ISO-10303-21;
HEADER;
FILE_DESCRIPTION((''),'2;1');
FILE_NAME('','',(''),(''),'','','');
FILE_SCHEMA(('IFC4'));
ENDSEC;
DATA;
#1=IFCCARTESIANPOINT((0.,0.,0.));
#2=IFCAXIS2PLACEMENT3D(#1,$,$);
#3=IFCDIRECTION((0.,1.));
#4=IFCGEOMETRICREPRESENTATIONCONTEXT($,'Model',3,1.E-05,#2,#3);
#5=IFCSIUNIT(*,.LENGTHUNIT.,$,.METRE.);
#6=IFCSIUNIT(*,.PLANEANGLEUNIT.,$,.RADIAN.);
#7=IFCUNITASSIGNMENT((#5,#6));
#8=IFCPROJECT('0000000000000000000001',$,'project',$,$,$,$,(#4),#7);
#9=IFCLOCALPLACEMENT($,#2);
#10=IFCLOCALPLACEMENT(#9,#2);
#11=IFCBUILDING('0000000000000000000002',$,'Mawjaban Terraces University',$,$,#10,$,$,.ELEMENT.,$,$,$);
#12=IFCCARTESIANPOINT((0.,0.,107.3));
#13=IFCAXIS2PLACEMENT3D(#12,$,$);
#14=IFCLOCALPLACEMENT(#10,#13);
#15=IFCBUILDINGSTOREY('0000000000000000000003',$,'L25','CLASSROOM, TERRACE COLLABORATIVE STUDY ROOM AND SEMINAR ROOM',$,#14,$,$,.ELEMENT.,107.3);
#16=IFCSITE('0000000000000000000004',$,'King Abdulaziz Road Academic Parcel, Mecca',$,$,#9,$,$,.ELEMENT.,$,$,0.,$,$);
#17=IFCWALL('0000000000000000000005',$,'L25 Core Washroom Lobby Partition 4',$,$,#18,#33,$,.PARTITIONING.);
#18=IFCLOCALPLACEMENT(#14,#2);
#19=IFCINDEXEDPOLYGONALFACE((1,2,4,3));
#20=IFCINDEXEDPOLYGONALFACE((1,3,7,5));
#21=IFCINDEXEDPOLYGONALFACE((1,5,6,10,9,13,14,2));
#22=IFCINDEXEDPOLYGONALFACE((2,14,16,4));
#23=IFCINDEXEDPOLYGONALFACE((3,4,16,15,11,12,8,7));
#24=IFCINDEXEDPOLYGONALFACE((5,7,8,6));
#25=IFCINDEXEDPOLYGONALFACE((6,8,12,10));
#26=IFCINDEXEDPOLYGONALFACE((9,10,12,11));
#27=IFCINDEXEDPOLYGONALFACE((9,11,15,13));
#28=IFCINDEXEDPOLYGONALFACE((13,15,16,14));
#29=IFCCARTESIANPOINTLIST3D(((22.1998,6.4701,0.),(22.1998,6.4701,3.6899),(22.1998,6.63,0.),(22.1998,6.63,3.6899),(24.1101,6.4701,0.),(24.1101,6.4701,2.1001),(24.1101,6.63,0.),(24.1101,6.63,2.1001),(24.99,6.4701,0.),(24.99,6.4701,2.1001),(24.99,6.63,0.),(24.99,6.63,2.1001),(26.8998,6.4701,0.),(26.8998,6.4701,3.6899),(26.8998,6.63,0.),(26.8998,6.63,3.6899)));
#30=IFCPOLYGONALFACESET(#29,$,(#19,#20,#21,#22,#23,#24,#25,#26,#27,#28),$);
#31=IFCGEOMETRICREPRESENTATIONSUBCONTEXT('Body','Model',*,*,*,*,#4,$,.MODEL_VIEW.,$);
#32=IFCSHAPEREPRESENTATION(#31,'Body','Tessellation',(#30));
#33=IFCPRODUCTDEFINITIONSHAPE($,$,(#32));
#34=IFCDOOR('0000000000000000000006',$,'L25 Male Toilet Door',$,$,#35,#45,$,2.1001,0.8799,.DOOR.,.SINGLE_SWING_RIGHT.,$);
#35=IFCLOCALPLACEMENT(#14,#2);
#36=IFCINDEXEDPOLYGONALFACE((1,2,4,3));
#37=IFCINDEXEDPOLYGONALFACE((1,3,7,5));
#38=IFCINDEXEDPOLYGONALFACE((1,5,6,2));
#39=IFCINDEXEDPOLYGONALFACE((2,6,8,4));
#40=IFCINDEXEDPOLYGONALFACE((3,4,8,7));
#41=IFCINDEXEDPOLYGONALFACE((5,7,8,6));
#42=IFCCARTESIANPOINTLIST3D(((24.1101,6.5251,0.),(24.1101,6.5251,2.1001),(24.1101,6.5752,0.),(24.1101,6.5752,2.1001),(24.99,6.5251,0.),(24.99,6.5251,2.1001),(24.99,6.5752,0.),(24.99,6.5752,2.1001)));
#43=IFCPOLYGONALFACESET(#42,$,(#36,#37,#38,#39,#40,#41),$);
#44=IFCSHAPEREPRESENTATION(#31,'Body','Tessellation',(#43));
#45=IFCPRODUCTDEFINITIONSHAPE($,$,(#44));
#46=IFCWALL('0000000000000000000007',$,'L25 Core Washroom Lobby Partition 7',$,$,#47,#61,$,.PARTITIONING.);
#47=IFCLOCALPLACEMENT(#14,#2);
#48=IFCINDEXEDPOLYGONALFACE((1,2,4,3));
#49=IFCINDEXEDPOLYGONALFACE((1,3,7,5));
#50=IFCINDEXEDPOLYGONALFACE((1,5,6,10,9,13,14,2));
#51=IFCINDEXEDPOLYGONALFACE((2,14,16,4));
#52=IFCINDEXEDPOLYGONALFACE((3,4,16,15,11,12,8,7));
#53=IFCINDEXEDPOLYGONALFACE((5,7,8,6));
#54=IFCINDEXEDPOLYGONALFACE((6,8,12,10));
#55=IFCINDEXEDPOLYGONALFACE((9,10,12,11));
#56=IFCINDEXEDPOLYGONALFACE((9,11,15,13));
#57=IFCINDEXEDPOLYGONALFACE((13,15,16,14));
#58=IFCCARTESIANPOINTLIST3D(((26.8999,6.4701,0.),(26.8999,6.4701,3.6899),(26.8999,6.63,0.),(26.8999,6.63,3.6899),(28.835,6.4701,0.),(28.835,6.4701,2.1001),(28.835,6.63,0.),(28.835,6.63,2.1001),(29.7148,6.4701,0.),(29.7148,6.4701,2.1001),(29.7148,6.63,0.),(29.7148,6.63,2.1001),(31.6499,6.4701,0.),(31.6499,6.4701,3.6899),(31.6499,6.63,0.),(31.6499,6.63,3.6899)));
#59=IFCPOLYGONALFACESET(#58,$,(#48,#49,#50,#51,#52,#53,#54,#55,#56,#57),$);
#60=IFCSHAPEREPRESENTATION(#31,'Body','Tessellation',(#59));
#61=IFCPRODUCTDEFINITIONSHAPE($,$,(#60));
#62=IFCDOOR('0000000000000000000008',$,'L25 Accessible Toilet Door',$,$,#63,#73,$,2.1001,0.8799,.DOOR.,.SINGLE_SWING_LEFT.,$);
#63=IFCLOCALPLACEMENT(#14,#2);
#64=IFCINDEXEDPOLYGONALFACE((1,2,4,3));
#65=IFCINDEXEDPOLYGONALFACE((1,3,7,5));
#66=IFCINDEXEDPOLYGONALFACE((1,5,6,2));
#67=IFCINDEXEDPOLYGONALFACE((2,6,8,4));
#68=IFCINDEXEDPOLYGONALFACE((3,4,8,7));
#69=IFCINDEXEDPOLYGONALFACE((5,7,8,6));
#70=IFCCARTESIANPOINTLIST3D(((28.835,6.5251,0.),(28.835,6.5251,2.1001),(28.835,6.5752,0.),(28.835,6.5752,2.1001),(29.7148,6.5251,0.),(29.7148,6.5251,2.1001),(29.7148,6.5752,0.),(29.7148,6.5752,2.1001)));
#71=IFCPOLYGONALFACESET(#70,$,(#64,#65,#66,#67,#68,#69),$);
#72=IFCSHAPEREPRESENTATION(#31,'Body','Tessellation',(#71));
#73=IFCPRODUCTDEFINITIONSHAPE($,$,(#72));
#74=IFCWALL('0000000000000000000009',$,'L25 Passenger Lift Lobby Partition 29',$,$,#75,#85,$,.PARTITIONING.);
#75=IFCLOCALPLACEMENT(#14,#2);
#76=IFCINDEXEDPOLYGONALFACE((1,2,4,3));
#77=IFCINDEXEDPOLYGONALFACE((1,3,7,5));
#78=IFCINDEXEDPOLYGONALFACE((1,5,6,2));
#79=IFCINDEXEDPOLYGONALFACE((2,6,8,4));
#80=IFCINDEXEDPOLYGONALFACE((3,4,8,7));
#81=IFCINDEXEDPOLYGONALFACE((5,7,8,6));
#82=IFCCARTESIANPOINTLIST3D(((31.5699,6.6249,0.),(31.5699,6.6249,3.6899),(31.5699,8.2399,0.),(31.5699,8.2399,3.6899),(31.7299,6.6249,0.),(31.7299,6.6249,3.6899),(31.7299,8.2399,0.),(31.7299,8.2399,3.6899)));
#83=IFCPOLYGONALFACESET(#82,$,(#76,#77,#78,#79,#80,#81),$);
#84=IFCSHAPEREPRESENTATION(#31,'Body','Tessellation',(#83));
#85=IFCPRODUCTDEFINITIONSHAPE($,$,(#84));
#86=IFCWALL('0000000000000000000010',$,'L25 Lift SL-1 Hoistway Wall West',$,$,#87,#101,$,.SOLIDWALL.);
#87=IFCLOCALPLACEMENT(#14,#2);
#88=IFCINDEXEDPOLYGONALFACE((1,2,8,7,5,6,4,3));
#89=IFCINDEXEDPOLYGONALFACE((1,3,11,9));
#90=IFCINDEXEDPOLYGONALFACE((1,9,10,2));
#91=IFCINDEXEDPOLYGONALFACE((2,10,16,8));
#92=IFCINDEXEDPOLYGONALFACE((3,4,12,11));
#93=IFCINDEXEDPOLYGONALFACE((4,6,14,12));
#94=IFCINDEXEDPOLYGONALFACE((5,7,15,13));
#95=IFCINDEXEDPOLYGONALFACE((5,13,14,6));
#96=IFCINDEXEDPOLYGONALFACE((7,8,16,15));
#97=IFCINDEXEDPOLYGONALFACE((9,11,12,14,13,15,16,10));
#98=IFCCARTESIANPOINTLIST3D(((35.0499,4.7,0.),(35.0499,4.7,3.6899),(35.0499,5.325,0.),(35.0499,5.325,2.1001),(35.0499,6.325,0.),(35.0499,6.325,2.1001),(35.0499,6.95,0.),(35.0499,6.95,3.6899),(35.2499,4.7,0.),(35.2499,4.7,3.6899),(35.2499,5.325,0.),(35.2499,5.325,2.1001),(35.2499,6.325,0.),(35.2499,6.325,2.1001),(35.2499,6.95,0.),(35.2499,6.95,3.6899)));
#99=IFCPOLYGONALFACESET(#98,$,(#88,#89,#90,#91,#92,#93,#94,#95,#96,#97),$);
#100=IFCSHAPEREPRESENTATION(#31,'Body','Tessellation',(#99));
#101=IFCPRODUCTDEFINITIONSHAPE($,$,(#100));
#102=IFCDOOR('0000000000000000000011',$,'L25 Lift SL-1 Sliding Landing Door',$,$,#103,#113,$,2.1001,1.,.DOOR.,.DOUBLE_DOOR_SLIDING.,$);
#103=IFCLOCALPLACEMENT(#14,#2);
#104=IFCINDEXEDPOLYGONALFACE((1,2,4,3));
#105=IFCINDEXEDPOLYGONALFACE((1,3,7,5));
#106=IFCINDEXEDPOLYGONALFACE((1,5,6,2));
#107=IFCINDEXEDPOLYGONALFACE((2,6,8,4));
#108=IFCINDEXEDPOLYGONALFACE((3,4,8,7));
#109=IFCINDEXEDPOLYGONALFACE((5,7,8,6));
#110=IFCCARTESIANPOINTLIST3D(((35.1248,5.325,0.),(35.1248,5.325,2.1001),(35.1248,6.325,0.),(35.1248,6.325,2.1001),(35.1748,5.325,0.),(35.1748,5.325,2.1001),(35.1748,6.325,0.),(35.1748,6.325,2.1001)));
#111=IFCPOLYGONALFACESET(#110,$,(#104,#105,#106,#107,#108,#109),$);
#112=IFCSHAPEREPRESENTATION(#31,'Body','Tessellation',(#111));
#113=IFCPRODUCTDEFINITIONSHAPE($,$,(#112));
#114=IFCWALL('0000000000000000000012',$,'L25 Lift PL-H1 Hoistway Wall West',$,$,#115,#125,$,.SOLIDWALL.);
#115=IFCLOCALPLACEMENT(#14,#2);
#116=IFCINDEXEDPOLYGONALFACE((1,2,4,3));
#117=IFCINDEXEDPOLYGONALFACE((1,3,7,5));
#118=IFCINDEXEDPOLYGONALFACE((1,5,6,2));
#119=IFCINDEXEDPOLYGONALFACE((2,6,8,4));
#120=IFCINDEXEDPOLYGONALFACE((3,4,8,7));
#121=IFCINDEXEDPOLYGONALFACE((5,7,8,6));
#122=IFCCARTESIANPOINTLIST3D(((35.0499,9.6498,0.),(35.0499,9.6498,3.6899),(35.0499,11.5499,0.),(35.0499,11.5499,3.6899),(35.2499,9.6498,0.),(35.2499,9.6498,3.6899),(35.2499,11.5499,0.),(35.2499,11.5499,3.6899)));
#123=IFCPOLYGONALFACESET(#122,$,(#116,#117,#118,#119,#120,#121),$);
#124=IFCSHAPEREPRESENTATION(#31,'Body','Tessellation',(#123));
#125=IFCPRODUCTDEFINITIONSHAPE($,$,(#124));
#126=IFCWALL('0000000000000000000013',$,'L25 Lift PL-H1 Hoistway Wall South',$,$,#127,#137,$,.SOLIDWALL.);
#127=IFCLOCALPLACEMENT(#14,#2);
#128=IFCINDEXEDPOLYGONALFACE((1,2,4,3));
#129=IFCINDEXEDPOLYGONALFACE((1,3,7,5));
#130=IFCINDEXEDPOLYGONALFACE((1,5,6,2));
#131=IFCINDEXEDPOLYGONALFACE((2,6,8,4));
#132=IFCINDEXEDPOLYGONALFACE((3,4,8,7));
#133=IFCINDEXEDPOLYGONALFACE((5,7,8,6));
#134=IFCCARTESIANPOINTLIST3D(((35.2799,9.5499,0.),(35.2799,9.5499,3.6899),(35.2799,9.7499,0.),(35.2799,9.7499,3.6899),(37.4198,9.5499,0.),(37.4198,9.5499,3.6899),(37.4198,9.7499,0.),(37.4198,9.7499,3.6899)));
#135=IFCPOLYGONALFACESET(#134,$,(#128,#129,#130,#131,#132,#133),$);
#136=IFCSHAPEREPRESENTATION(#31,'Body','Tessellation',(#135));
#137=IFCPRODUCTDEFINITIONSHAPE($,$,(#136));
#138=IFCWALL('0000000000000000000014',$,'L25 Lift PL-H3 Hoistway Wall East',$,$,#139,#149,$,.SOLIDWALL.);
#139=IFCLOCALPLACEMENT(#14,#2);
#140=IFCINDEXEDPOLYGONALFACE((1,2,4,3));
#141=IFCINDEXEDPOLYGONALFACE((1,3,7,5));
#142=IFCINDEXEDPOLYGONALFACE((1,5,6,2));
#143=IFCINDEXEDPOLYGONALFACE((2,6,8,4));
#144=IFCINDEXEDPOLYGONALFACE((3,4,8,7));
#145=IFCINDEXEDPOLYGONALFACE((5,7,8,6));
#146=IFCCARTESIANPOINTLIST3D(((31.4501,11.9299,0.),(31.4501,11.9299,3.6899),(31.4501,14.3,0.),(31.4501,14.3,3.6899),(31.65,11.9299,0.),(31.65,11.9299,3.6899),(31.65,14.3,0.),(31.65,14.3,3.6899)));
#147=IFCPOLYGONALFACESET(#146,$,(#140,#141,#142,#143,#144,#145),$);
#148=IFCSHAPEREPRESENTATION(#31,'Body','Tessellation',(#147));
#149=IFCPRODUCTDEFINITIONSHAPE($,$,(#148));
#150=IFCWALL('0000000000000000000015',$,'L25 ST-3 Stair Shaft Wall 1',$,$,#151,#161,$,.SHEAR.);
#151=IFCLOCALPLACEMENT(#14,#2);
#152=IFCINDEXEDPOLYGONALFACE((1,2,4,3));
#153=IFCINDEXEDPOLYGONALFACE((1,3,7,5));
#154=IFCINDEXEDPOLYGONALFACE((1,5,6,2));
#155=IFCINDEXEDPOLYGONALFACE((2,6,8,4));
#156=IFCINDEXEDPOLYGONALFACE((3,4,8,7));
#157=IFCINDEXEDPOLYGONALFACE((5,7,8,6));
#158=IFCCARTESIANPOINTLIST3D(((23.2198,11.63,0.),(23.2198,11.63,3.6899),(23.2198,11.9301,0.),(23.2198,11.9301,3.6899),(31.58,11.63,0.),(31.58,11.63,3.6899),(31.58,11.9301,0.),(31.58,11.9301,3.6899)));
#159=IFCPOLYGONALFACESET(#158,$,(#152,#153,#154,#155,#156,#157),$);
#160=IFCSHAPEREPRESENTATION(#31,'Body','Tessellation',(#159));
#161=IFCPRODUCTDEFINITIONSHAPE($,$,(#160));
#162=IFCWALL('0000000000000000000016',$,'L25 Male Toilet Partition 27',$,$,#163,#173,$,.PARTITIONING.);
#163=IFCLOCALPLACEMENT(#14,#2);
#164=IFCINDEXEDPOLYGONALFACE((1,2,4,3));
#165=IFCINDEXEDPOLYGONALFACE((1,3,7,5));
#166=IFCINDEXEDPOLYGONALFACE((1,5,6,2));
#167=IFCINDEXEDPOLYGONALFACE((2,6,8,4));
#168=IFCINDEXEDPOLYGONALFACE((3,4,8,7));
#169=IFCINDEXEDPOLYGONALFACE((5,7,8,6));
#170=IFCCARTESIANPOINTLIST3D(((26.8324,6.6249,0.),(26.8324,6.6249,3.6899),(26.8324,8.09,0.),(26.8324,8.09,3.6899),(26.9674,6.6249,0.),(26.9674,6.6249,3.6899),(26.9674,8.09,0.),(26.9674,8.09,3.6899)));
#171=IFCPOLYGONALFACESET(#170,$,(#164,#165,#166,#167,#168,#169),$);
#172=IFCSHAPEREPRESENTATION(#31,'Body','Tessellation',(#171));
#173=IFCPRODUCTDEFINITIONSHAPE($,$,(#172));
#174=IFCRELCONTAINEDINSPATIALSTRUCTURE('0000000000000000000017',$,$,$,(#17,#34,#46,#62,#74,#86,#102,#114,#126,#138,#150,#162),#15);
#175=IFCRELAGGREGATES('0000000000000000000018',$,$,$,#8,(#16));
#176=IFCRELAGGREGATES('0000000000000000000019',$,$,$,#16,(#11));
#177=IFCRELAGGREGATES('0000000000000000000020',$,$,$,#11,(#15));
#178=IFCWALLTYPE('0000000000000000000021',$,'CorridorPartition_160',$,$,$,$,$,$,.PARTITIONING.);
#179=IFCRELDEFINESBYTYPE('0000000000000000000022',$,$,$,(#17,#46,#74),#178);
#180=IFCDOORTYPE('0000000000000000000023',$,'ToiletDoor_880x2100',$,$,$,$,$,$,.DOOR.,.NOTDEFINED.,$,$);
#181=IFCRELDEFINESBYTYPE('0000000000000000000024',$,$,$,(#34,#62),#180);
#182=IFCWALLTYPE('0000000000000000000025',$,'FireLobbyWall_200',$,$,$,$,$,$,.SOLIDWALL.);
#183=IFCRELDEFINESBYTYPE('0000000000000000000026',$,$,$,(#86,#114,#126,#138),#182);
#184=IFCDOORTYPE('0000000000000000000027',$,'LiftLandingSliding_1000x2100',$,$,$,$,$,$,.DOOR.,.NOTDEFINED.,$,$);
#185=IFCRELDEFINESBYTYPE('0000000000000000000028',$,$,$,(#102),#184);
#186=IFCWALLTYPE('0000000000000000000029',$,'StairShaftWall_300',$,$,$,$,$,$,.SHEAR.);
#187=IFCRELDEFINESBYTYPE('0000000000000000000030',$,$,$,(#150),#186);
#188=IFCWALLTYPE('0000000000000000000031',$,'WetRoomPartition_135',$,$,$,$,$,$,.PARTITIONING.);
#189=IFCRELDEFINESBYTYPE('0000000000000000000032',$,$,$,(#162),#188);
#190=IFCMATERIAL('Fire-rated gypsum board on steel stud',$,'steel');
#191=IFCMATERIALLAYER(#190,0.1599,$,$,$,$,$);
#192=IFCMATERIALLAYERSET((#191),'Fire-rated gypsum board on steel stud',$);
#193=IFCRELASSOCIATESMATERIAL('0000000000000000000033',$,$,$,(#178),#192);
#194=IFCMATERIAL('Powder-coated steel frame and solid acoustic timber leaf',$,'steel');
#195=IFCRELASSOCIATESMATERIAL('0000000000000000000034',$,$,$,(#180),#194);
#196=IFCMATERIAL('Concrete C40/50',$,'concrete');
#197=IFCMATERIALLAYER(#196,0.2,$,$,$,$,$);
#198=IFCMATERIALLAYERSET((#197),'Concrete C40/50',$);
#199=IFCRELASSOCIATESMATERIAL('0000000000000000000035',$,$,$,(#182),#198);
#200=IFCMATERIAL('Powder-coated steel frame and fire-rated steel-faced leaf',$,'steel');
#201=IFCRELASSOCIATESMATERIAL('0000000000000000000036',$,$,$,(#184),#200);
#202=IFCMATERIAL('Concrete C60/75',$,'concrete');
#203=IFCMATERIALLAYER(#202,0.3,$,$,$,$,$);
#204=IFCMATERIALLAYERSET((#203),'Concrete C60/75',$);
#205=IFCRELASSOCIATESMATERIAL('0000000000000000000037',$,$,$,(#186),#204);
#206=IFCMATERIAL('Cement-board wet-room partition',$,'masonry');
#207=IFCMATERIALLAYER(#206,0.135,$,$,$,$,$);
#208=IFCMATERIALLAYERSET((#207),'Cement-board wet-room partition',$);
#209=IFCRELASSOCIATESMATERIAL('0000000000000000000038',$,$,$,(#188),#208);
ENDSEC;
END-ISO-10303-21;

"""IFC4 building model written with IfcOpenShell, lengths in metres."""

from ifc_helpers import new_model, si_unit, direction, frame, frame_2d, origin, place, context, subcontext, project, spatial, rectangle, extrude, material, layer, layer_set, type_object, element, fill, save


model = new_model("IFC4")

# Units and contexts
model_context = context("Model", 3, precision=1e-05, world=origin(), true_north=direction((0.0, 1.0)))
body_context = subcontext(model_context, "Body", "Model", "MODEL_VIEW")
ifc_project = project(units=[si_unit("LENGTHUNIT", "METRE"), si_unit("PLANEANGLEUNIT", "RADIAN")], contexts=[model_context])

# Site, building, storey
site_placement = place(None, origin())
site = spatial("IfcSite", under=ifc_project, at=site_placement, Name="King Abdulaziz Road Academic Parcel, Mecca", CompositionType="ELEMENT", RefElevation=0.0)
building_placement = place(site_placement, origin())
building = spatial("IfcBuilding", under=site, at=building_placement, Name="Mawjaban Terraces University", CompositionType="ELEMENT")
storey_placement = place(building_placement, frame((0.0, 0.0, 107.3)))
storey = spatial("IfcBuildingStorey", under=building, at=storey_placement, Name="L25", Description="CLASSROOM, TERRACE COLLABORATIVE STUDY ROOM AND SEMINAR ROOM", CompositionType="ELEMENT", Elevation=107.3)

# Walls, openings, doors
ifc_material_1 = material(Name="Fire-rated gypsum board on steel stud", Category="steel")
ifc_layer_1 = layer(ifc_material_1, 0.1599)
ifc_layer_set_1 = layer_set([ifc_layer_1], Name="Fire-rated gypsum board on steel stud")
wall_type_1 = type_object("IfcWallType", Name="CorridorPartition_160", PredefinedType="PARTITIONING", material=ifc_layer_set_1)
wall_1_placement = place(storey_placement, frame((26.8999, 6.55, 0.0), z_axis=(0.0, 0.0, 1.0), x_axis=(-1.0, 0.0, 0.0)))
wall_1 = element("IfcWall", 1, at=wall_1_placement, inside=storey, type_object=wall_type_1, Name="L25 Core Washroom Lobby Partition 4", PredefinedType="PARTITIONING", context=body_context, shape_type="SweptSolid", body=[
    extrude(rectangle(XDim=4.7, YDim=0.1599, at=frame_2d((2.3501, 0.0))), origin(), (0.0, 0.0, 1.0), 3.6899),
])
opening_1_placement = place(wall_1_placement, frame((1.9099, 0.0, 0.0)))
opening_1 = element("IfcOpeningElement", 2, at=opening_1_placement, cuts=wall_1, PredefinedType="OPENING", context=body_context, shape_type="SweptSolid", body=[
    extrude(rectangle(XDim=0.8799, YDim=2.1001, at=frame_2d((0.4399, 1.05))), frame((0.0, 0.0898, 0.0), z_axis=(0.0, -1.0, 0.0), x_axis=(1.0, 0.0, 0.0)), (0.0, 0.0, 1.0), 0.1799),
])
ifc_material_2 = material(Name="Powder-coated steel frame and solid acoustic timber leaf", Category="steel")
door_type_1 = type_object("IfcDoorType", Name="ToiletDoor_880x2100", OperationType="NOTDEFINED", PredefinedType="DOOR", material=ifc_material_2)
door_1_placement = place(opening_1_placement, origin())
door_1 = element("IfcDoor", 3, at=door_1_placement, inside=storey, type_object=door_type_1, Name="L25 Male Toilet Door", OperationType="SINGLE_SWING_RIGHT", OverallHeight=2.1001, OverallWidth=0.8799, PredefinedType="DOOR", context=body_context, shape_type="SweptSolid", body=[
    extrude(rectangle(XDim=0.8799, YDim=2.1001, at=frame_2d((0.4399, 1.05))), frame((0.0, 0.0249, 0.0), z_axis=(0.0, -1.0, 0.0), x_axis=(1.0, 0.0, 0.0)), (0.0, 0.0, 1.0), 0.05),
])
fill(opening_1, door_1)
wall_2_placement = place(storey_placement, frame((31.6499, 6.55, 0.0), z_axis=(0.0, 0.0, 1.0), x_axis=(-1.0, 0.0, 0.0)))
wall_2 = element("IfcWall", 4, at=wall_2_placement, inside=storey, type_object=wall_type_1, Name="L25 Core Washroom Lobby Partition 7", PredefinedType="PARTITIONING", context=body_context, shape_type="SweptSolid", body=[
    extrude(rectangle(XDim=4.75, YDim=0.1599, at=frame_2d((2.375, 0.0))), origin(), (0.0, 0.0, 1.0), 3.6899),
])
opening_2_placement = place(wall_2_placement, frame((1.9351, 0.0, 0.0)))
opening_2 = element("IfcOpeningElement", 5, at=opening_2_placement, cuts=wall_2, PredefinedType="OPENING", context=body_context, shape_type="SweptSolid", body=[
    extrude(rectangle(XDim=0.8799, YDim=2.1001, at=frame_2d((0.4399, 1.05))), frame((0.0, 0.0898, 0.0), z_axis=(0.0, -1.0, 0.0), x_axis=(1.0, 0.0, 0.0)), (0.0, 0.0, 1.0), 0.1799),
])
door_2_placement = place(opening_2_placement, origin())
door_2 = element("IfcDoor", 6, at=door_2_placement, inside=storey, type_object=door_type_1, Name="L25 Accessible Toilet Door", OperationType="SINGLE_SWING_LEFT", OverallHeight=2.1001, OverallWidth=0.8799, PredefinedType="DOOR", context=body_context, shape_type="SweptSolid", body=[
    extrude(rectangle(XDim=0.8799, YDim=2.1001, at=frame_2d((0.4399, 1.05))), frame((0.0, 0.0249, 0.0), z_axis=(0.0, -1.0, 0.0), x_axis=(1.0, 0.0, 0.0)), (0.0, 0.0, 1.0), 0.05),
])
fill(opening_2, door_2)

# Wall
wall_3_placement = place(storey_placement, frame((31.6499, 8.24, 0.0), z_axis=(0.0, 0.0, 1.0), x_axis=(0.0, -1.0, 0.0)))
element("IfcWall", 7, at=wall_3_placement, inside=storey, type_object=wall_type_1, Name="L25 Passenger Lift Lobby Partition 29", PredefinedType="PARTITIONING", context=body_context, shape_type="SweptSolid", body=[
    extrude(rectangle(XDim=1.615, YDim=0.1599, at=frame_2d((0.8076, 0.0))), origin(), (0.0, 0.0, 1.0), 3.6899),
])

# Wall, opening, door
ifc_material_3 = material(Name="Concrete C40/50", Category="concrete")
ifc_layer_2 = layer(ifc_material_3, 0.2)
ifc_layer_set_2 = layer_set([ifc_layer_2], Name="Concrete C40/50")
wall_type_2 = type_object("IfcWallType", Name="FireLobbyWall_200", PredefinedType="SOLIDWALL", material=ifc_layer_set_2)
wall_4_placement = place(storey_placement, frame((35.1499, 6.95, 0.0), z_axis=(0.0, 0.0, 1.0), x_axis=(0.0, -1.0, 0.0)))
wall_4 = element("IfcWall", 8, at=wall_4_placement, inside=storey, type_object=wall_type_2, Name="L25 Lift SL-1 Hoistway Wall West", PredefinedType="SOLIDWALL", context=body_context, shape_type="SweptSolid", body=[
    extrude(rectangle(XDim=2.25, YDim=0.2, at=frame_2d((1.125, 0.0))), origin(), (0.0, 0.0, 1.0), 3.6899),
])
opening_3_placement = place(wall_4_placement, frame((0.625, 0.0, 0.0)))
opening_3 = element("IfcOpeningElement", 9, at=opening_3_placement, cuts=wall_4, PredefinedType="OPENING", context=body_context, shape_type="SweptSolid", body=[
    extrude(rectangle(XDim=1.0, YDim=2.1001, at=frame_2d((0.5, 1.05))), frame((0.0, 0.1099, 0.0), z_axis=(0.0, -1.0, 0.0), x_axis=(1.0, 0.0, 0.0)), (0.0, 0.0, 1.0), 0.22),
])
ifc_material_4 = material(Name="Powder-coated steel frame and fire-rated steel-faced leaf", Category="steel")
door_type_2 = type_object("IfcDoorType", Name="LiftLandingSliding_1000x2100", OperationType="NOTDEFINED", PredefinedType="DOOR", material=ifc_material_4)
door_3_placement = place(opening_3_placement, origin())
door_3 = element("IfcDoor", 10, at=door_3_placement, inside=storey, type_object=door_type_2, Name="L25 Lift SL-1 Sliding Landing Door", OperationType="DOUBLE_DOOR_SLIDING", OverallHeight=2.1001, OverallWidth=1.0, PredefinedType="DOOR", context=body_context, shape_type="SweptSolid", body=[
    extrude(rectangle(XDim=1.0, YDim=2.1001, at=frame_2d((0.5, 1.05))), frame((0.0, 0.0249, 0.0), z_axis=(0.0, -1.0, 0.0), x_axis=(1.0, 0.0, 0.0)), (0.0, 0.0, 1.0), 0.05),
])
fill(opening_3, door_3)

# Walls
wall_5_placement = place(storey_placement, frame((35.1499, 11.55, 0.0), z_axis=(0.0, 0.0, 1.0), x_axis=(0.0, -1.0, 0.0)))
element("IfcWall", 11, at=wall_5_placement, inside=storey, type_object=wall_type_2, Name="L25 Lift PL-H1 Hoistway Wall West", PredefinedType="SOLIDWALL", context=body_context, shape_type="SweptSolid", body=[
    extrude(rectangle(XDim=1.9001, YDim=0.2, at=frame_2d((0.9502, 0.0))), origin(), (0.0, 0.0, 1.0), 3.6899),
])
wall_6_placement = place(storey_placement, frame((35.28, 9.6499, 0.0), z_axis=(0.0, 0.0, 1.0), x_axis=(1.0, 0.0, 0.0)))
element("IfcWall", 12, at=wall_6_placement, inside=storey, type_object=wall_type_2, Name="L25 Lift PL-H1 Hoistway Wall South", PredefinedType="SOLIDWALL", context=body_context, shape_type="SweptSolid", body=[
    extrude(rectangle(XDim=2.1399, YDim=0.2, at=frame_2d((1.0698, 0.0))), origin(), (0.0, 0.0, 1.0), 3.6899),
])
wall_7_placement = place(storey_placement, frame((31.55, 11.9299, 0.0), z_axis=(0.0, 0.0, 1.0), x_axis=(0.0, 1.0, 0.0)))
element("IfcWall", 13, at=wall_7_placement, inside=storey, type_object=wall_type_2, Name="L25 Lift PL-H3 Hoistway Wall East", PredefinedType="SOLIDWALL", context=body_context, shape_type="SweptSolid", body=[
    extrude(rectangle(XDim=2.3701, YDim=0.2, at=frame_2d((1.1851, 0.0))), origin(), (0.0, 0.0, 1.0), 3.6899),
])
ifc_material_5 = material(Name="Concrete C60/75", Category="concrete")
ifc_layer_3 = layer(ifc_material_5, 0.3)
ifc_layer_set_3 = layer_set([ifc_layer_3], Name="Concrete C60/75")
wall_type_3 = type_object("IfcWallType", Name="StairShaftWall_300", PredefinedType="SHEAR", material=ifc_layer_set_3)
wall_8_placement = place(storey_placement, frame((31.5801, 11.78, 0.0), z_axis=(0.0, 0.0, 1.0), x_axis=(-1.0, 0.0, 0.0)))
element("IfcWall", 14, at=wall_8_placement, inside=storey, type_object=wall_type_3, Name="L25 ST-3 Stair Shaft Wall 1", PredefinedType="SHEAR", context=body_context, shape_type="SweptSolid", body=[
    extrude(rectangle(XDim=8.3601, YDim=0.3, at=frame_2d((4.1802, 0.0))), origin(), (0.0, 0.0, 1.0), 3.6899),
])

# Wall
ifc_material_6 = material(Name="Cement-board wet-room partition", Category="masonry")
ifc_layer_4 = layer(ifc_material_6, 0.135)
ifc_layer_set_4 = layer_set([ifc_layer_4], Name="Cement-board wet-room partition")
wall_type_4 = type_object("IfcWallType", Name="WetRoomPartition_135", PredefinedType="PARTITIONING", material=ifc_layer_set_4)
wall_9_placement = place(storey_placement, frame((26.8999, 6.625, 0.0), z_axis=(0.0, 0.0, 1.0), x_axis=(0.0, 1.0, 0.0)))
element("IfcWall", 15, at=wall_9_placement, inside=storey, type_object=wall_type_4, Name="L25 Male Toilet Partition 27", PredefinedType="PARTITIONING", context=body_context, shape_type="SweptSolid", body=[
    extrude(rectangle(XDim=1.4651, YDim=0.135, at=frame_2d((0.7324, 0.0))), origin(), (0.0, 0.0, 1.0), 3.6899),
])

save(model, "model.ifc")
